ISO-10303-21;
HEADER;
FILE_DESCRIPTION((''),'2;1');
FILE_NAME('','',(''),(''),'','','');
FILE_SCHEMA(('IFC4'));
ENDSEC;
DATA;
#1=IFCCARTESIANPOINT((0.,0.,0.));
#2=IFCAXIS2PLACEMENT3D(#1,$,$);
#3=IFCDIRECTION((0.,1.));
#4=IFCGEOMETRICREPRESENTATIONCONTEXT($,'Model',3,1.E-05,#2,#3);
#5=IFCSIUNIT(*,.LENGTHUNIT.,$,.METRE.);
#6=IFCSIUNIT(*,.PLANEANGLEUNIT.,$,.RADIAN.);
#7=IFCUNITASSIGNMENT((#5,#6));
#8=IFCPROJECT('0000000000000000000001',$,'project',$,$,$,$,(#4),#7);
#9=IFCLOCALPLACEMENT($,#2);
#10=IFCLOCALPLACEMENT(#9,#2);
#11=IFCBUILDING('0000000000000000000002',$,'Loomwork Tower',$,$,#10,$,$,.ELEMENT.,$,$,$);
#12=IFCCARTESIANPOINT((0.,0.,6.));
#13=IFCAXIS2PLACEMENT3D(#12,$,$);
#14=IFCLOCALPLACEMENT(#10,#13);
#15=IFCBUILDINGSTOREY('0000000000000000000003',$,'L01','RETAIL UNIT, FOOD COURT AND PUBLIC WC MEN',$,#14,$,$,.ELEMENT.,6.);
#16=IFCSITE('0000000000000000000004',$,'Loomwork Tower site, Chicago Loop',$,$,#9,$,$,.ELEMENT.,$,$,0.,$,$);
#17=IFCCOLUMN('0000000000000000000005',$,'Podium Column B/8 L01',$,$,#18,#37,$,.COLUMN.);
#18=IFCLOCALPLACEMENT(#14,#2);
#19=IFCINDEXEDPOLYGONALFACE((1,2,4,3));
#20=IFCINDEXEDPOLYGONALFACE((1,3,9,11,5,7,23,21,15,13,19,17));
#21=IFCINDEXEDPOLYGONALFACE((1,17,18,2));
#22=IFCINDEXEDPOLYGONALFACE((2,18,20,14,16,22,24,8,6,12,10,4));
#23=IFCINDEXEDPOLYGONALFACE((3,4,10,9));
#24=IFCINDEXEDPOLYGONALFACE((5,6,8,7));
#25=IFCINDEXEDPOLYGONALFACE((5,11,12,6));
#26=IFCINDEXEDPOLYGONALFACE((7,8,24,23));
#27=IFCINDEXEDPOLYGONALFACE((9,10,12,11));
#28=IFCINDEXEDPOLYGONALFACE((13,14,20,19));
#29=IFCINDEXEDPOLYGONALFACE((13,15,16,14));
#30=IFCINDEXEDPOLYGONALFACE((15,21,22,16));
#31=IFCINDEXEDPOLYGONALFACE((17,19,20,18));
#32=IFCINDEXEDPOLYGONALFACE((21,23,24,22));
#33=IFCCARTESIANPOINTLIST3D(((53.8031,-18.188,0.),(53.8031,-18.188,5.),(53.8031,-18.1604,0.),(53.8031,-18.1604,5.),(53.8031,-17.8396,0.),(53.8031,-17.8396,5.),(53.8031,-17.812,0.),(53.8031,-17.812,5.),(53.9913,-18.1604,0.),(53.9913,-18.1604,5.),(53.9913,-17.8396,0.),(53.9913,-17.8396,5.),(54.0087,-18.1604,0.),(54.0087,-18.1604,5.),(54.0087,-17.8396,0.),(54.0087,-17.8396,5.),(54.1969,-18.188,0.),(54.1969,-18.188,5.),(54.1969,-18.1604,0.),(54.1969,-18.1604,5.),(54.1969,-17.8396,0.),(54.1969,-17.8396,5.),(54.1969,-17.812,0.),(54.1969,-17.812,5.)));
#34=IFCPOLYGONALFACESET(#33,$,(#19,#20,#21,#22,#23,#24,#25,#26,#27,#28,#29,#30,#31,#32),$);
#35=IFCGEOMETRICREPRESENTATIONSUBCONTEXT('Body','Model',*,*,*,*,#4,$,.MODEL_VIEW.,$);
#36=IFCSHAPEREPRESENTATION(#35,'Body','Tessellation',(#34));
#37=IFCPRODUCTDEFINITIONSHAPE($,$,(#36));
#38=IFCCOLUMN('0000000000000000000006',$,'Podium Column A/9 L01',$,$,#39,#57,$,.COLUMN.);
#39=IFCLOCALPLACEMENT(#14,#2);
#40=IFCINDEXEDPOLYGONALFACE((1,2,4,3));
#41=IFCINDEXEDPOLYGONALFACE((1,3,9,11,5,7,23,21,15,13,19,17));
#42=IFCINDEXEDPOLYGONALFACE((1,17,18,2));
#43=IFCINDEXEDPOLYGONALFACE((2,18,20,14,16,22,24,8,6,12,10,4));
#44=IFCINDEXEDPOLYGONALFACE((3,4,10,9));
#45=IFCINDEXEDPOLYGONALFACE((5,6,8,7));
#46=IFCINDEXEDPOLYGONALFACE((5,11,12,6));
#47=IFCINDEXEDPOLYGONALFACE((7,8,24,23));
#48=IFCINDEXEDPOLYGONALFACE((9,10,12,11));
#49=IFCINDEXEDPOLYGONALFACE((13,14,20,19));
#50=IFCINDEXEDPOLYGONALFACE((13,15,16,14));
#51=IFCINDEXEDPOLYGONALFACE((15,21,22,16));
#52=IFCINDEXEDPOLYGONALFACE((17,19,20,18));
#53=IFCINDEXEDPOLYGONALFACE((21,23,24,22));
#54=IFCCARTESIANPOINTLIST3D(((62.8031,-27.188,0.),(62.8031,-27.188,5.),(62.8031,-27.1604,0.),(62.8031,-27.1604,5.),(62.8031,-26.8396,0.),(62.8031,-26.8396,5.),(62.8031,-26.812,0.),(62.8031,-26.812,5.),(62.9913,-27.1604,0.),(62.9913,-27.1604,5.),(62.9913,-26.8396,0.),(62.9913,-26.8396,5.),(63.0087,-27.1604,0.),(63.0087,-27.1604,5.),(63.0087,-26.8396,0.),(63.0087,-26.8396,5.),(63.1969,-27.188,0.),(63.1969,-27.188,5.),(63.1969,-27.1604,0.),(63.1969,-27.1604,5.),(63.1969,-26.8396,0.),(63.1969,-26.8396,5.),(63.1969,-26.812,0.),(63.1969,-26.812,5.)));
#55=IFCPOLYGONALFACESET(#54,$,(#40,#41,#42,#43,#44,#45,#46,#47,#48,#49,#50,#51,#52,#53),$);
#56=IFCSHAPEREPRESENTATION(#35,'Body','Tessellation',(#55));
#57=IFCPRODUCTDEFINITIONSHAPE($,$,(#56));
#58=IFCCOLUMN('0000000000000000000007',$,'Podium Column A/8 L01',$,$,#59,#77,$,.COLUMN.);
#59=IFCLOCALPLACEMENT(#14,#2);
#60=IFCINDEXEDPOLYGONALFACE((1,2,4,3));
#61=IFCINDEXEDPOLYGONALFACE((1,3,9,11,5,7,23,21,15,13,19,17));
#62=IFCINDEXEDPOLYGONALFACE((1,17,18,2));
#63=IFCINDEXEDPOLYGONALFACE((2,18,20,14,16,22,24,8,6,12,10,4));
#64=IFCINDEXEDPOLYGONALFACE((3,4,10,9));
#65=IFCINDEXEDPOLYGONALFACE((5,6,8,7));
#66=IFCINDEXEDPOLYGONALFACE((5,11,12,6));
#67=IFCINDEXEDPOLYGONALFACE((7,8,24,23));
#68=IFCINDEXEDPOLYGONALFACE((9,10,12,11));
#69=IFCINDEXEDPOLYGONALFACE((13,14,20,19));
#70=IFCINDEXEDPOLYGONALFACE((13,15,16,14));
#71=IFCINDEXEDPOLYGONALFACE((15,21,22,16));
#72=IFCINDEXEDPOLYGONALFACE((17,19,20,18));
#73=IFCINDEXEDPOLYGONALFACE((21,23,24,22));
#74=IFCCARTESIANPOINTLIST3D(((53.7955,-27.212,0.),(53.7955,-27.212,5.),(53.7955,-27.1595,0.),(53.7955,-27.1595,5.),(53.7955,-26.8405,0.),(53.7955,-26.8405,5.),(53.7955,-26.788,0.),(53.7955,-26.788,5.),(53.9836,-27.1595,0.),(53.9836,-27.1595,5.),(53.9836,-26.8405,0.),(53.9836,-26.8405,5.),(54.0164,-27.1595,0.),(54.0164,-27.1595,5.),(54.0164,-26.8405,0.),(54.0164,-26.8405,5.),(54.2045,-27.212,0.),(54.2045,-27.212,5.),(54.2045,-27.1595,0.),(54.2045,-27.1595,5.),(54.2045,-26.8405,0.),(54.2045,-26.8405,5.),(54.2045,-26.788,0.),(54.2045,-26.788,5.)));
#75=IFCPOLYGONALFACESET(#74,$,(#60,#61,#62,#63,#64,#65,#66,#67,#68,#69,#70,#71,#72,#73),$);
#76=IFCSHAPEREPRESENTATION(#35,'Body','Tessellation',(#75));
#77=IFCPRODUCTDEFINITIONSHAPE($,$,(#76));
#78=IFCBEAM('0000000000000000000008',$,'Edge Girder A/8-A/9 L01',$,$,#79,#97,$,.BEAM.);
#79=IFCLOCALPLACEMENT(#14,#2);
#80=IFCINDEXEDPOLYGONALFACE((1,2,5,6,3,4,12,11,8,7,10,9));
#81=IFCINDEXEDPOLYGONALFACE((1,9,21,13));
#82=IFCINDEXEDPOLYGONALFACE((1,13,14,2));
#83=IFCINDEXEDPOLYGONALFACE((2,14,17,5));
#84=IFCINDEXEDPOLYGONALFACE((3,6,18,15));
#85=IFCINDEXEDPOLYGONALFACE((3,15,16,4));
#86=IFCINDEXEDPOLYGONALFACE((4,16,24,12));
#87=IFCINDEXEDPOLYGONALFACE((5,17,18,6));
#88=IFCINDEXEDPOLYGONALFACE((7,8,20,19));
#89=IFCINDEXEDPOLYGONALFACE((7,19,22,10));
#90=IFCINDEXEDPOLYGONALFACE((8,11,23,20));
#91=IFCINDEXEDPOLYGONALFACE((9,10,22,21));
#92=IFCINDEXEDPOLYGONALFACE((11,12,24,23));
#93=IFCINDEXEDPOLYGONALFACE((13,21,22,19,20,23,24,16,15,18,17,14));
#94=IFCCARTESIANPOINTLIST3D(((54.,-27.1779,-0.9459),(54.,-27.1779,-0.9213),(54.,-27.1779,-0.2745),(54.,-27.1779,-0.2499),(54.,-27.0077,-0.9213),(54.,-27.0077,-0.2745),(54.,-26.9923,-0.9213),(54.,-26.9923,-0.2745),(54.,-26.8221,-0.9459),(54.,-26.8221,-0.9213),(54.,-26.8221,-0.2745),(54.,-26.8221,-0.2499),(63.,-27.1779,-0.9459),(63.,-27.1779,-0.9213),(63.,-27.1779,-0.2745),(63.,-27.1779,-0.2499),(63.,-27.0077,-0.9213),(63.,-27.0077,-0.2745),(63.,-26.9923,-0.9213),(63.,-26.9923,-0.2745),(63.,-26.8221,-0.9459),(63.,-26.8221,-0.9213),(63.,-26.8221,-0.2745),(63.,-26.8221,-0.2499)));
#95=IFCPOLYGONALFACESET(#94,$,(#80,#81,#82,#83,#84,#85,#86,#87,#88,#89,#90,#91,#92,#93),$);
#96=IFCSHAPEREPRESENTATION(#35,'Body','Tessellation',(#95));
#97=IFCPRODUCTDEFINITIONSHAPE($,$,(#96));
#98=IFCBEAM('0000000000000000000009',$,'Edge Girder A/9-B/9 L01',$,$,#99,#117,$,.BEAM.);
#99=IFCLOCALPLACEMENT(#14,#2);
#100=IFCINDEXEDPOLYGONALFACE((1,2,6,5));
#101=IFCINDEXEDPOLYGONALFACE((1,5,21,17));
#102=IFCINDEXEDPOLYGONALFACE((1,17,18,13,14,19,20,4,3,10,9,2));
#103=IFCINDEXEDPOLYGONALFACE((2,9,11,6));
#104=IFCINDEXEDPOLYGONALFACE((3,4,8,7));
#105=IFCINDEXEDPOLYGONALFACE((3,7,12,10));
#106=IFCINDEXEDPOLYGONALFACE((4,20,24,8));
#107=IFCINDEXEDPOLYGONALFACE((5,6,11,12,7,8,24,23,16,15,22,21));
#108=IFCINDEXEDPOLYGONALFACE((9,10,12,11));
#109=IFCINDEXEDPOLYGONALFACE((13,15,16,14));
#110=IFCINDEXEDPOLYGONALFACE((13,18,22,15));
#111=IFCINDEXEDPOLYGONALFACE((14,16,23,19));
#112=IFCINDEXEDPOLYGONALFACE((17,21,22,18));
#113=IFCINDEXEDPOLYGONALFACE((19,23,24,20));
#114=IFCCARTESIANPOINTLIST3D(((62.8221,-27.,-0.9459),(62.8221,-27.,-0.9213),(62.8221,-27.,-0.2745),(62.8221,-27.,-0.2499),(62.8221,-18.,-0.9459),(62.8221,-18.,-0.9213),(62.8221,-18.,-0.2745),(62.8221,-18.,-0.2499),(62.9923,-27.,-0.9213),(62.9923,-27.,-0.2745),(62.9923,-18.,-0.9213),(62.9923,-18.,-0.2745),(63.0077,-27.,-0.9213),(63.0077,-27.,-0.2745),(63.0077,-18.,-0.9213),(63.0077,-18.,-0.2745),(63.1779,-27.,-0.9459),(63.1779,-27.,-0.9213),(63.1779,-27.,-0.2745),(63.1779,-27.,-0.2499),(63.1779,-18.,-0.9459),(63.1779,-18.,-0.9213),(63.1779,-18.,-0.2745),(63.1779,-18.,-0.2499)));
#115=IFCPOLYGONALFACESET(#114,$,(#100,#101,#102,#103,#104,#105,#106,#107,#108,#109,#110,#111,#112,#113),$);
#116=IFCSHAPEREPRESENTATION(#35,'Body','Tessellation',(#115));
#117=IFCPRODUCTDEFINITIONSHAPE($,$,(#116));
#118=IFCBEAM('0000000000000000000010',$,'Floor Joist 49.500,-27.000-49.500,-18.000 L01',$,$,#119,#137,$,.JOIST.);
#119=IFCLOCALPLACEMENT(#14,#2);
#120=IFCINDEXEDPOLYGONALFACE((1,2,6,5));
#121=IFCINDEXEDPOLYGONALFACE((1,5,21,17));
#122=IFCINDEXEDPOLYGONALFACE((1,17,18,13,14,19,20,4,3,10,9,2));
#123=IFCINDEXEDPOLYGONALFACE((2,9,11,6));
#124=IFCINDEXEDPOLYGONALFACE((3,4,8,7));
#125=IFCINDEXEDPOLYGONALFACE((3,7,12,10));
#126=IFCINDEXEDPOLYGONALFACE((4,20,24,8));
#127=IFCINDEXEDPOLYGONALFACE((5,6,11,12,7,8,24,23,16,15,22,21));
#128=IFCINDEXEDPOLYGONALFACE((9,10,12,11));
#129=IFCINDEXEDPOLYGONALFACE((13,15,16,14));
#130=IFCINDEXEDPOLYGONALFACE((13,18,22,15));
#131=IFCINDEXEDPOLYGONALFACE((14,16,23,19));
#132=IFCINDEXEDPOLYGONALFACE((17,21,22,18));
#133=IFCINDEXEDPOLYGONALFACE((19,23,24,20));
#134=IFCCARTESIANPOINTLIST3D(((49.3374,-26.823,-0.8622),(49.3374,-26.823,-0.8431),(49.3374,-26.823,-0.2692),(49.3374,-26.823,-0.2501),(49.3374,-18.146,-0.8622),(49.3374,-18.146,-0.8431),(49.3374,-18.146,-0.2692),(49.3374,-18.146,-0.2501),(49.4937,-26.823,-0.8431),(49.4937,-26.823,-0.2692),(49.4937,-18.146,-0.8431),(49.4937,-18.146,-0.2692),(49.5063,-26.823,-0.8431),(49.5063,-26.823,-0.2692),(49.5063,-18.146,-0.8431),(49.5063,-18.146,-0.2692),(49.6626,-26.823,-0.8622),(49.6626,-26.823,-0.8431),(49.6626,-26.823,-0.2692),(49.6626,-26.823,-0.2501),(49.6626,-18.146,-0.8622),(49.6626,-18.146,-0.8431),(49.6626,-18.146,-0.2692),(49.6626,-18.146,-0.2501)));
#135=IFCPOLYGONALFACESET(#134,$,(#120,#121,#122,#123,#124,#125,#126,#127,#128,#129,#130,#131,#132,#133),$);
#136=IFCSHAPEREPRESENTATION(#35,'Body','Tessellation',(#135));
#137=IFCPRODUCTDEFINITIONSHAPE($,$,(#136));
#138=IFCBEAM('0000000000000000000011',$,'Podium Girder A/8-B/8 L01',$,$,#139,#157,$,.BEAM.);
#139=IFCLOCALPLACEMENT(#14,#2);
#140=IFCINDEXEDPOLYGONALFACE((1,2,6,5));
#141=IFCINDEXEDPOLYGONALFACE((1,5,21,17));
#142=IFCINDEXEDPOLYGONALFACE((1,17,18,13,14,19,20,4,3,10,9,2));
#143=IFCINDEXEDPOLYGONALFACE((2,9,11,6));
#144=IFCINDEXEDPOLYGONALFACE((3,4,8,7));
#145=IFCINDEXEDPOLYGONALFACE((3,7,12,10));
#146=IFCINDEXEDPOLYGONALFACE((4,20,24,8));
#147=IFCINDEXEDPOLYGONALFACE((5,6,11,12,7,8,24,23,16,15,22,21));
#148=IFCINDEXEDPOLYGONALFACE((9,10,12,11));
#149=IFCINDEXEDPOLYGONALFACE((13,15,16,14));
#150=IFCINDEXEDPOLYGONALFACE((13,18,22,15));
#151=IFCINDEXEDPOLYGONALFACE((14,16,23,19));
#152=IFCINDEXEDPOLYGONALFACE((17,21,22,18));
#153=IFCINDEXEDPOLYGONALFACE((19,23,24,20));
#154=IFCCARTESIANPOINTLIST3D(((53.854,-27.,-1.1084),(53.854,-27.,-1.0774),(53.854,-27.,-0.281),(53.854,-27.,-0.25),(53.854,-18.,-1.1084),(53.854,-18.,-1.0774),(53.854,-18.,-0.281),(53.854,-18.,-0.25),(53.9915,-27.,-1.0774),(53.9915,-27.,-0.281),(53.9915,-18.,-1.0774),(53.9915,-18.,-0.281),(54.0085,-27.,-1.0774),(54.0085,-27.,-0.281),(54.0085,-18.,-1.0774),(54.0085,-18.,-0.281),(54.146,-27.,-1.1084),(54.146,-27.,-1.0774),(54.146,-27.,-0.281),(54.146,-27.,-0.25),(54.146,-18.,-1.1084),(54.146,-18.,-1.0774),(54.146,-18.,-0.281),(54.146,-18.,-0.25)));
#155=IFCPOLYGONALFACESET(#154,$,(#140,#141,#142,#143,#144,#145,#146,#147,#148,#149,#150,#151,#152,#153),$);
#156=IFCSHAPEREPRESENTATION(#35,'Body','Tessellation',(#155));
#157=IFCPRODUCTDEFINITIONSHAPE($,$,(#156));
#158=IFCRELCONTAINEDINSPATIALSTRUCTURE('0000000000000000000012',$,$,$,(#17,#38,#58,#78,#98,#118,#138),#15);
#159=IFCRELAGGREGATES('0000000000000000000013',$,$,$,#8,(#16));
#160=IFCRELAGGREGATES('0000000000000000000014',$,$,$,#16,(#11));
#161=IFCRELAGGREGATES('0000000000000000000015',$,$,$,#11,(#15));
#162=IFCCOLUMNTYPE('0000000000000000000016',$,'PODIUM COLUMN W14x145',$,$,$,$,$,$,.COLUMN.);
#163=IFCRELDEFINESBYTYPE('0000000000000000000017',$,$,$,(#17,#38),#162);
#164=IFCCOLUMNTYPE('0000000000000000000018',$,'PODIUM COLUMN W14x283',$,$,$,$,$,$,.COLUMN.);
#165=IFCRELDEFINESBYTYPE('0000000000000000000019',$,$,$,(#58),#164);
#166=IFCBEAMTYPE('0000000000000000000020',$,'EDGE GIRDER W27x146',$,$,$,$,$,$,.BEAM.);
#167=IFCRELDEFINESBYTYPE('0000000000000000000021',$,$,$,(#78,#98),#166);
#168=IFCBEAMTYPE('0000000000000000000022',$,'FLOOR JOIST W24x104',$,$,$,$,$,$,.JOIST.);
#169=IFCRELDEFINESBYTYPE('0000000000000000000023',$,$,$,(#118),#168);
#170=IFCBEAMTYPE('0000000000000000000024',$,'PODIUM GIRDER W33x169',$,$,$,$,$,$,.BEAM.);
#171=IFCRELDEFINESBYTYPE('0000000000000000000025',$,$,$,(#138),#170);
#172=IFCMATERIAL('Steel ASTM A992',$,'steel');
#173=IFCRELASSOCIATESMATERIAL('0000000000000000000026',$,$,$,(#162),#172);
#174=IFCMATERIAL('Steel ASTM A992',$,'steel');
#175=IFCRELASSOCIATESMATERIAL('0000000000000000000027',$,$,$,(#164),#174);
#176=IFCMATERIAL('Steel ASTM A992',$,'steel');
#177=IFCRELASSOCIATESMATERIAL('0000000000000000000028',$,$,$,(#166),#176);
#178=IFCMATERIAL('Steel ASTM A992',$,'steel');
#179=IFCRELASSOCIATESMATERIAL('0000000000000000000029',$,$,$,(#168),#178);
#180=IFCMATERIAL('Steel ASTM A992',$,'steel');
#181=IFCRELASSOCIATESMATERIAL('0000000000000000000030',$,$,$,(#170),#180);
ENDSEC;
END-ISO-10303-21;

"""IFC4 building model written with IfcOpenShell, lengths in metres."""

from ifc_helpers import new_model, si_unit, direction, frame, origin, origin_2d, place, context, subcontext, project, spatial, i_section, extrude, material, material_profile, profile_set, type_object, element, save


model = new_model("IFC4")

# Units and contexts
model_context = context("Model", 3, precision=1e-05, world=origin(), true_north=direction((0.0, 1.0)))
body_context = subcontext(model_context, "Body", "Model", "MODEL_VIEW")
ifc_project = project(units=[si_unit("LENGTHUNIT", "METRE"), si_unit("PLANEANGLEUNIT", "RADIAN")], contexts=[model_context])

# Site, building, storey
site_placement = place(None, origin())
site = spatial("IfcSite", under=ifc_project, at=site_placement, Name="Loomwork Tower site, Chicago Loop", CompositionType="ELEMENT", RefElevation=0.0)
building_placement = place(site_placement, origin())
building = spatial("IfcBuilding", under=site, at=building_placement, Name="Loomwork Tower", CompositionType="ELEMENT")
storey_placement = place(building_placement, frame((0.0, 0.0, 6.0)))
storey = spatial("IfcBuildingStorey", under=building, at=storey_placement, Name="L01", Description="RETAIL UNIT, FOOD COURT AND PUBLIC WC MEN", CompositionType="ELEMENT", Elevation=6.0)

# Columns
ifc_material_1 = material(Name="Steel ASTM A992", Category="steel")
ifc_material_profile_1 = material_profile(ifc_material_1, i_section(OverallWidth=0.3938, OverallDepth=0.376, WebThickness=0.0173, FlangeThickness=0.0276, at=origin_2d()), Name="W14x145")
ifc_profile_set_1 = profile_set([ifc_material_profile_1], Name="Steel ASTM A992")
column_type_1 = type_object("IfcColumnType", Name="PODIUM COLUMN W14x145", PredefinedType="COLUMN", material=ifc_profile_set_1)
for number, where, z_axis, x_axis, name in (
    (1, (54.0, -18.0, 0.0), (0.0, 0.0, 1.0), (1.0, 0.0, 0.0), "Podium Column B/8 L01"),
    (2, (63.0, -27.0, 0.0), (0.0, 0.0, 1.0), (1.0, 0.0, 0.0), "Podium Column A/9 L01"),
):
    element("IfcColumn", number, at=place(storey_placement, frame(where, z_axis=z_axis, x_axis=x_axis)), inside=storey, type_object=column_type_1, Name=name, PredefinedType="COLUMN", context=body_context, shape_type="SweptSolid", body=[
        extrude(i_section(OverallWidth=0.3938, OverallDepth=0.376, WebThickness=0.0173, FlangeThickness=0.0276, at=origin_2d()), origin(), (0.0, 0.0, 1.0), 5.0),
    ])
ifc_material_2 = material(Name="Steel ASTM A992", Category="steel")
ifc_material_profile_2 = material_profile(ifc_material_2, i_section(OverallWidth=0.4089, OverallDepth=0.4241, WebThickness=0.0327, FlangeThickness=0.0525, at=origin_2d()), Name="W14x283")
ifc_profile_set_2 = profile_set([ifc_material_profile_2], Name="Steel ASTM A992")
column_type_2 = type_object("IfcColumnType", Name="PODIUM COLUMN W14x283", PredefinedType="COLUMN", material=ifc_profile_set_2)
column_placement = place(storey_placement, frame((54.0, -27.0, 0.0), z_axis=(0.0, 0.0, 1.0), x_axis=(1.0, 0.0, 0.0)))
element("IfcColumn", 3, at=column_placement, inside=storey, type_object=column_type_2, Name="Podium Column A/8 L01", PredefinedType="COLUMN", context=body_context, shape_type="SweptSolid", body=[
    extrude(i_section(OverallWidth=0.4089, OverallDepth=0.4241, WebThickness=0.0327, FlangeThickness=0.0525, at=origin_2d()), origin(), (0.0, 0.0, 1.0), 5.0),
])

# Beams
ifc_material_3 = material(Name="Steel ASTM A992", Category="steel")
ifc_material_profile_3 = material_profile(ifc_material_3, i_section(OverallWidth=0.3557, OverallDepth=0.696, WebThickness=0.0154, FlangeThickness=0.0247, at=origin_2d()), Name="W27x146")
ifc_profile_set_3 = profile_set([ifc_material_profile_3], Name="Steel ASTM A992")
beam_type_1 = type_object("IfcBeamType", Name="EDGE GIRDER W27x146", PredefinedType="BEAM", material=ifc_profile_set_3)
for number, where, z_axis, x_axis, name in (
    (4, (54.0, -27.0, -0.5979), (1.0, 0.0, 0.0), (0.0, 1.0, 0.0), "Edge Girder A/8-A/9 L01"),
    (5, (63.0, -27.0, -0.5979), (0.0, 1.0, 0.0), (-1.0, 0.0, 0.0), "Edge Girder A/9-B/9 L01"),
):
    element("IfcBeam", number, at=place(storey_placement, frame(where, z_axis=z_axis, x_axis=x_axis)), inside=storey, type_object=beam_type_1, Name=name, PredefinedType="BEAM", context=body_context, shape_type="SweptSolid", body=[
        extrude(i_section(OverallWidth=0.3557, OverallDepth=0.696, WebThickness=0.0154, FlangeThickness=0.0247, at=origin_2d()), origin(), (0.0, 0.0, 1.0), 9.0),
    ])
ifc_material_4 = material(Name="Steel ASTM A992", Category="steel")
ifc_material_profile_4 = material_profile(ifc_material_4, i_section(OverallWidth=0.3252, OverallDepth=0.6121, WebThickness=0.0127, FlangeThickness=0.019, at=origin_2d()), Name="W24x104")
ifc_profile_set_4 = profile_set([ifc_material_profile_4], Name="Steel ASTM A992")
beam_type_2 = type_object("IfcBeamType", Name="FLOOR JOIST W24x104", PredefinedType="JOIST", material=ifc_profile_set_4)
beam_1_placement = place(storey_placement, frame((49.5, -26.823, -0.5562), z_axis=(0.0, 1.0, 0.0), x_axis=(-1.0, 0.0, 0.0)))
element("IfcBeam", 6, at=beam_1_placement, inside=storey, type_object=beam_type_2, Name="Floor Joist 49.500,-27.000-49.500,-18.000 L01", PredefinedType="JOIST", context=body_context, shape_type="SweptSolid", body=[
    extrude(i_section(OverallWidth=0.3252, OverallDepth=0.6121, WebThickness=0.0127, FlangeThickness=0.019, at=origin_2d()), origin(), (0.0, 0.0, 1.0), 8.677),
])
ifc_material_5 = material(Name="Steel ASTM A992", Category="steel")
ifc_material_profile_5 = material_profile(ifc_material_5, i_section(OverallWidth=0.292, OverallDepth=0.8584, WebThickness=0.0171, FlangeThickness=0.031, at=origin_2d()), Name="W33x169")
ifc_profile_set_5 = profile_set([ifc_material_profile_5], Name="Steel ASTM A992")
beam_type_3 = type_object("IfcBeamType", Name="PODIUM GIRDER W33x169", PredefinedType="BEAM", material=ifc_profile_set_5)
beam_2_placement = place(storey_placement, frame((54.0, -27.0, -0.6792), z_axis=(0.0, 1.0, 0.0), x_axis=(-1.0, 0.0, 0.0)))
element("IfcBeam", 7, at=beam_2_placement, inside=storey, type_object=beam_type_3, Name="Podium Girder A/8-B/8 L01", PredefinedType="BEAM", context=body_context, shape_type="SweptSolid", body=[
    extrude(i_section(OverallWidth=0.292, OverallDepth=0.8584, WebThickness=0.0171, FlangeThickness=0.031, at=origin_2d()), origin(), (0.0, 0.0, 1.0), 9.0),
])

save(model, "model.ifc")
